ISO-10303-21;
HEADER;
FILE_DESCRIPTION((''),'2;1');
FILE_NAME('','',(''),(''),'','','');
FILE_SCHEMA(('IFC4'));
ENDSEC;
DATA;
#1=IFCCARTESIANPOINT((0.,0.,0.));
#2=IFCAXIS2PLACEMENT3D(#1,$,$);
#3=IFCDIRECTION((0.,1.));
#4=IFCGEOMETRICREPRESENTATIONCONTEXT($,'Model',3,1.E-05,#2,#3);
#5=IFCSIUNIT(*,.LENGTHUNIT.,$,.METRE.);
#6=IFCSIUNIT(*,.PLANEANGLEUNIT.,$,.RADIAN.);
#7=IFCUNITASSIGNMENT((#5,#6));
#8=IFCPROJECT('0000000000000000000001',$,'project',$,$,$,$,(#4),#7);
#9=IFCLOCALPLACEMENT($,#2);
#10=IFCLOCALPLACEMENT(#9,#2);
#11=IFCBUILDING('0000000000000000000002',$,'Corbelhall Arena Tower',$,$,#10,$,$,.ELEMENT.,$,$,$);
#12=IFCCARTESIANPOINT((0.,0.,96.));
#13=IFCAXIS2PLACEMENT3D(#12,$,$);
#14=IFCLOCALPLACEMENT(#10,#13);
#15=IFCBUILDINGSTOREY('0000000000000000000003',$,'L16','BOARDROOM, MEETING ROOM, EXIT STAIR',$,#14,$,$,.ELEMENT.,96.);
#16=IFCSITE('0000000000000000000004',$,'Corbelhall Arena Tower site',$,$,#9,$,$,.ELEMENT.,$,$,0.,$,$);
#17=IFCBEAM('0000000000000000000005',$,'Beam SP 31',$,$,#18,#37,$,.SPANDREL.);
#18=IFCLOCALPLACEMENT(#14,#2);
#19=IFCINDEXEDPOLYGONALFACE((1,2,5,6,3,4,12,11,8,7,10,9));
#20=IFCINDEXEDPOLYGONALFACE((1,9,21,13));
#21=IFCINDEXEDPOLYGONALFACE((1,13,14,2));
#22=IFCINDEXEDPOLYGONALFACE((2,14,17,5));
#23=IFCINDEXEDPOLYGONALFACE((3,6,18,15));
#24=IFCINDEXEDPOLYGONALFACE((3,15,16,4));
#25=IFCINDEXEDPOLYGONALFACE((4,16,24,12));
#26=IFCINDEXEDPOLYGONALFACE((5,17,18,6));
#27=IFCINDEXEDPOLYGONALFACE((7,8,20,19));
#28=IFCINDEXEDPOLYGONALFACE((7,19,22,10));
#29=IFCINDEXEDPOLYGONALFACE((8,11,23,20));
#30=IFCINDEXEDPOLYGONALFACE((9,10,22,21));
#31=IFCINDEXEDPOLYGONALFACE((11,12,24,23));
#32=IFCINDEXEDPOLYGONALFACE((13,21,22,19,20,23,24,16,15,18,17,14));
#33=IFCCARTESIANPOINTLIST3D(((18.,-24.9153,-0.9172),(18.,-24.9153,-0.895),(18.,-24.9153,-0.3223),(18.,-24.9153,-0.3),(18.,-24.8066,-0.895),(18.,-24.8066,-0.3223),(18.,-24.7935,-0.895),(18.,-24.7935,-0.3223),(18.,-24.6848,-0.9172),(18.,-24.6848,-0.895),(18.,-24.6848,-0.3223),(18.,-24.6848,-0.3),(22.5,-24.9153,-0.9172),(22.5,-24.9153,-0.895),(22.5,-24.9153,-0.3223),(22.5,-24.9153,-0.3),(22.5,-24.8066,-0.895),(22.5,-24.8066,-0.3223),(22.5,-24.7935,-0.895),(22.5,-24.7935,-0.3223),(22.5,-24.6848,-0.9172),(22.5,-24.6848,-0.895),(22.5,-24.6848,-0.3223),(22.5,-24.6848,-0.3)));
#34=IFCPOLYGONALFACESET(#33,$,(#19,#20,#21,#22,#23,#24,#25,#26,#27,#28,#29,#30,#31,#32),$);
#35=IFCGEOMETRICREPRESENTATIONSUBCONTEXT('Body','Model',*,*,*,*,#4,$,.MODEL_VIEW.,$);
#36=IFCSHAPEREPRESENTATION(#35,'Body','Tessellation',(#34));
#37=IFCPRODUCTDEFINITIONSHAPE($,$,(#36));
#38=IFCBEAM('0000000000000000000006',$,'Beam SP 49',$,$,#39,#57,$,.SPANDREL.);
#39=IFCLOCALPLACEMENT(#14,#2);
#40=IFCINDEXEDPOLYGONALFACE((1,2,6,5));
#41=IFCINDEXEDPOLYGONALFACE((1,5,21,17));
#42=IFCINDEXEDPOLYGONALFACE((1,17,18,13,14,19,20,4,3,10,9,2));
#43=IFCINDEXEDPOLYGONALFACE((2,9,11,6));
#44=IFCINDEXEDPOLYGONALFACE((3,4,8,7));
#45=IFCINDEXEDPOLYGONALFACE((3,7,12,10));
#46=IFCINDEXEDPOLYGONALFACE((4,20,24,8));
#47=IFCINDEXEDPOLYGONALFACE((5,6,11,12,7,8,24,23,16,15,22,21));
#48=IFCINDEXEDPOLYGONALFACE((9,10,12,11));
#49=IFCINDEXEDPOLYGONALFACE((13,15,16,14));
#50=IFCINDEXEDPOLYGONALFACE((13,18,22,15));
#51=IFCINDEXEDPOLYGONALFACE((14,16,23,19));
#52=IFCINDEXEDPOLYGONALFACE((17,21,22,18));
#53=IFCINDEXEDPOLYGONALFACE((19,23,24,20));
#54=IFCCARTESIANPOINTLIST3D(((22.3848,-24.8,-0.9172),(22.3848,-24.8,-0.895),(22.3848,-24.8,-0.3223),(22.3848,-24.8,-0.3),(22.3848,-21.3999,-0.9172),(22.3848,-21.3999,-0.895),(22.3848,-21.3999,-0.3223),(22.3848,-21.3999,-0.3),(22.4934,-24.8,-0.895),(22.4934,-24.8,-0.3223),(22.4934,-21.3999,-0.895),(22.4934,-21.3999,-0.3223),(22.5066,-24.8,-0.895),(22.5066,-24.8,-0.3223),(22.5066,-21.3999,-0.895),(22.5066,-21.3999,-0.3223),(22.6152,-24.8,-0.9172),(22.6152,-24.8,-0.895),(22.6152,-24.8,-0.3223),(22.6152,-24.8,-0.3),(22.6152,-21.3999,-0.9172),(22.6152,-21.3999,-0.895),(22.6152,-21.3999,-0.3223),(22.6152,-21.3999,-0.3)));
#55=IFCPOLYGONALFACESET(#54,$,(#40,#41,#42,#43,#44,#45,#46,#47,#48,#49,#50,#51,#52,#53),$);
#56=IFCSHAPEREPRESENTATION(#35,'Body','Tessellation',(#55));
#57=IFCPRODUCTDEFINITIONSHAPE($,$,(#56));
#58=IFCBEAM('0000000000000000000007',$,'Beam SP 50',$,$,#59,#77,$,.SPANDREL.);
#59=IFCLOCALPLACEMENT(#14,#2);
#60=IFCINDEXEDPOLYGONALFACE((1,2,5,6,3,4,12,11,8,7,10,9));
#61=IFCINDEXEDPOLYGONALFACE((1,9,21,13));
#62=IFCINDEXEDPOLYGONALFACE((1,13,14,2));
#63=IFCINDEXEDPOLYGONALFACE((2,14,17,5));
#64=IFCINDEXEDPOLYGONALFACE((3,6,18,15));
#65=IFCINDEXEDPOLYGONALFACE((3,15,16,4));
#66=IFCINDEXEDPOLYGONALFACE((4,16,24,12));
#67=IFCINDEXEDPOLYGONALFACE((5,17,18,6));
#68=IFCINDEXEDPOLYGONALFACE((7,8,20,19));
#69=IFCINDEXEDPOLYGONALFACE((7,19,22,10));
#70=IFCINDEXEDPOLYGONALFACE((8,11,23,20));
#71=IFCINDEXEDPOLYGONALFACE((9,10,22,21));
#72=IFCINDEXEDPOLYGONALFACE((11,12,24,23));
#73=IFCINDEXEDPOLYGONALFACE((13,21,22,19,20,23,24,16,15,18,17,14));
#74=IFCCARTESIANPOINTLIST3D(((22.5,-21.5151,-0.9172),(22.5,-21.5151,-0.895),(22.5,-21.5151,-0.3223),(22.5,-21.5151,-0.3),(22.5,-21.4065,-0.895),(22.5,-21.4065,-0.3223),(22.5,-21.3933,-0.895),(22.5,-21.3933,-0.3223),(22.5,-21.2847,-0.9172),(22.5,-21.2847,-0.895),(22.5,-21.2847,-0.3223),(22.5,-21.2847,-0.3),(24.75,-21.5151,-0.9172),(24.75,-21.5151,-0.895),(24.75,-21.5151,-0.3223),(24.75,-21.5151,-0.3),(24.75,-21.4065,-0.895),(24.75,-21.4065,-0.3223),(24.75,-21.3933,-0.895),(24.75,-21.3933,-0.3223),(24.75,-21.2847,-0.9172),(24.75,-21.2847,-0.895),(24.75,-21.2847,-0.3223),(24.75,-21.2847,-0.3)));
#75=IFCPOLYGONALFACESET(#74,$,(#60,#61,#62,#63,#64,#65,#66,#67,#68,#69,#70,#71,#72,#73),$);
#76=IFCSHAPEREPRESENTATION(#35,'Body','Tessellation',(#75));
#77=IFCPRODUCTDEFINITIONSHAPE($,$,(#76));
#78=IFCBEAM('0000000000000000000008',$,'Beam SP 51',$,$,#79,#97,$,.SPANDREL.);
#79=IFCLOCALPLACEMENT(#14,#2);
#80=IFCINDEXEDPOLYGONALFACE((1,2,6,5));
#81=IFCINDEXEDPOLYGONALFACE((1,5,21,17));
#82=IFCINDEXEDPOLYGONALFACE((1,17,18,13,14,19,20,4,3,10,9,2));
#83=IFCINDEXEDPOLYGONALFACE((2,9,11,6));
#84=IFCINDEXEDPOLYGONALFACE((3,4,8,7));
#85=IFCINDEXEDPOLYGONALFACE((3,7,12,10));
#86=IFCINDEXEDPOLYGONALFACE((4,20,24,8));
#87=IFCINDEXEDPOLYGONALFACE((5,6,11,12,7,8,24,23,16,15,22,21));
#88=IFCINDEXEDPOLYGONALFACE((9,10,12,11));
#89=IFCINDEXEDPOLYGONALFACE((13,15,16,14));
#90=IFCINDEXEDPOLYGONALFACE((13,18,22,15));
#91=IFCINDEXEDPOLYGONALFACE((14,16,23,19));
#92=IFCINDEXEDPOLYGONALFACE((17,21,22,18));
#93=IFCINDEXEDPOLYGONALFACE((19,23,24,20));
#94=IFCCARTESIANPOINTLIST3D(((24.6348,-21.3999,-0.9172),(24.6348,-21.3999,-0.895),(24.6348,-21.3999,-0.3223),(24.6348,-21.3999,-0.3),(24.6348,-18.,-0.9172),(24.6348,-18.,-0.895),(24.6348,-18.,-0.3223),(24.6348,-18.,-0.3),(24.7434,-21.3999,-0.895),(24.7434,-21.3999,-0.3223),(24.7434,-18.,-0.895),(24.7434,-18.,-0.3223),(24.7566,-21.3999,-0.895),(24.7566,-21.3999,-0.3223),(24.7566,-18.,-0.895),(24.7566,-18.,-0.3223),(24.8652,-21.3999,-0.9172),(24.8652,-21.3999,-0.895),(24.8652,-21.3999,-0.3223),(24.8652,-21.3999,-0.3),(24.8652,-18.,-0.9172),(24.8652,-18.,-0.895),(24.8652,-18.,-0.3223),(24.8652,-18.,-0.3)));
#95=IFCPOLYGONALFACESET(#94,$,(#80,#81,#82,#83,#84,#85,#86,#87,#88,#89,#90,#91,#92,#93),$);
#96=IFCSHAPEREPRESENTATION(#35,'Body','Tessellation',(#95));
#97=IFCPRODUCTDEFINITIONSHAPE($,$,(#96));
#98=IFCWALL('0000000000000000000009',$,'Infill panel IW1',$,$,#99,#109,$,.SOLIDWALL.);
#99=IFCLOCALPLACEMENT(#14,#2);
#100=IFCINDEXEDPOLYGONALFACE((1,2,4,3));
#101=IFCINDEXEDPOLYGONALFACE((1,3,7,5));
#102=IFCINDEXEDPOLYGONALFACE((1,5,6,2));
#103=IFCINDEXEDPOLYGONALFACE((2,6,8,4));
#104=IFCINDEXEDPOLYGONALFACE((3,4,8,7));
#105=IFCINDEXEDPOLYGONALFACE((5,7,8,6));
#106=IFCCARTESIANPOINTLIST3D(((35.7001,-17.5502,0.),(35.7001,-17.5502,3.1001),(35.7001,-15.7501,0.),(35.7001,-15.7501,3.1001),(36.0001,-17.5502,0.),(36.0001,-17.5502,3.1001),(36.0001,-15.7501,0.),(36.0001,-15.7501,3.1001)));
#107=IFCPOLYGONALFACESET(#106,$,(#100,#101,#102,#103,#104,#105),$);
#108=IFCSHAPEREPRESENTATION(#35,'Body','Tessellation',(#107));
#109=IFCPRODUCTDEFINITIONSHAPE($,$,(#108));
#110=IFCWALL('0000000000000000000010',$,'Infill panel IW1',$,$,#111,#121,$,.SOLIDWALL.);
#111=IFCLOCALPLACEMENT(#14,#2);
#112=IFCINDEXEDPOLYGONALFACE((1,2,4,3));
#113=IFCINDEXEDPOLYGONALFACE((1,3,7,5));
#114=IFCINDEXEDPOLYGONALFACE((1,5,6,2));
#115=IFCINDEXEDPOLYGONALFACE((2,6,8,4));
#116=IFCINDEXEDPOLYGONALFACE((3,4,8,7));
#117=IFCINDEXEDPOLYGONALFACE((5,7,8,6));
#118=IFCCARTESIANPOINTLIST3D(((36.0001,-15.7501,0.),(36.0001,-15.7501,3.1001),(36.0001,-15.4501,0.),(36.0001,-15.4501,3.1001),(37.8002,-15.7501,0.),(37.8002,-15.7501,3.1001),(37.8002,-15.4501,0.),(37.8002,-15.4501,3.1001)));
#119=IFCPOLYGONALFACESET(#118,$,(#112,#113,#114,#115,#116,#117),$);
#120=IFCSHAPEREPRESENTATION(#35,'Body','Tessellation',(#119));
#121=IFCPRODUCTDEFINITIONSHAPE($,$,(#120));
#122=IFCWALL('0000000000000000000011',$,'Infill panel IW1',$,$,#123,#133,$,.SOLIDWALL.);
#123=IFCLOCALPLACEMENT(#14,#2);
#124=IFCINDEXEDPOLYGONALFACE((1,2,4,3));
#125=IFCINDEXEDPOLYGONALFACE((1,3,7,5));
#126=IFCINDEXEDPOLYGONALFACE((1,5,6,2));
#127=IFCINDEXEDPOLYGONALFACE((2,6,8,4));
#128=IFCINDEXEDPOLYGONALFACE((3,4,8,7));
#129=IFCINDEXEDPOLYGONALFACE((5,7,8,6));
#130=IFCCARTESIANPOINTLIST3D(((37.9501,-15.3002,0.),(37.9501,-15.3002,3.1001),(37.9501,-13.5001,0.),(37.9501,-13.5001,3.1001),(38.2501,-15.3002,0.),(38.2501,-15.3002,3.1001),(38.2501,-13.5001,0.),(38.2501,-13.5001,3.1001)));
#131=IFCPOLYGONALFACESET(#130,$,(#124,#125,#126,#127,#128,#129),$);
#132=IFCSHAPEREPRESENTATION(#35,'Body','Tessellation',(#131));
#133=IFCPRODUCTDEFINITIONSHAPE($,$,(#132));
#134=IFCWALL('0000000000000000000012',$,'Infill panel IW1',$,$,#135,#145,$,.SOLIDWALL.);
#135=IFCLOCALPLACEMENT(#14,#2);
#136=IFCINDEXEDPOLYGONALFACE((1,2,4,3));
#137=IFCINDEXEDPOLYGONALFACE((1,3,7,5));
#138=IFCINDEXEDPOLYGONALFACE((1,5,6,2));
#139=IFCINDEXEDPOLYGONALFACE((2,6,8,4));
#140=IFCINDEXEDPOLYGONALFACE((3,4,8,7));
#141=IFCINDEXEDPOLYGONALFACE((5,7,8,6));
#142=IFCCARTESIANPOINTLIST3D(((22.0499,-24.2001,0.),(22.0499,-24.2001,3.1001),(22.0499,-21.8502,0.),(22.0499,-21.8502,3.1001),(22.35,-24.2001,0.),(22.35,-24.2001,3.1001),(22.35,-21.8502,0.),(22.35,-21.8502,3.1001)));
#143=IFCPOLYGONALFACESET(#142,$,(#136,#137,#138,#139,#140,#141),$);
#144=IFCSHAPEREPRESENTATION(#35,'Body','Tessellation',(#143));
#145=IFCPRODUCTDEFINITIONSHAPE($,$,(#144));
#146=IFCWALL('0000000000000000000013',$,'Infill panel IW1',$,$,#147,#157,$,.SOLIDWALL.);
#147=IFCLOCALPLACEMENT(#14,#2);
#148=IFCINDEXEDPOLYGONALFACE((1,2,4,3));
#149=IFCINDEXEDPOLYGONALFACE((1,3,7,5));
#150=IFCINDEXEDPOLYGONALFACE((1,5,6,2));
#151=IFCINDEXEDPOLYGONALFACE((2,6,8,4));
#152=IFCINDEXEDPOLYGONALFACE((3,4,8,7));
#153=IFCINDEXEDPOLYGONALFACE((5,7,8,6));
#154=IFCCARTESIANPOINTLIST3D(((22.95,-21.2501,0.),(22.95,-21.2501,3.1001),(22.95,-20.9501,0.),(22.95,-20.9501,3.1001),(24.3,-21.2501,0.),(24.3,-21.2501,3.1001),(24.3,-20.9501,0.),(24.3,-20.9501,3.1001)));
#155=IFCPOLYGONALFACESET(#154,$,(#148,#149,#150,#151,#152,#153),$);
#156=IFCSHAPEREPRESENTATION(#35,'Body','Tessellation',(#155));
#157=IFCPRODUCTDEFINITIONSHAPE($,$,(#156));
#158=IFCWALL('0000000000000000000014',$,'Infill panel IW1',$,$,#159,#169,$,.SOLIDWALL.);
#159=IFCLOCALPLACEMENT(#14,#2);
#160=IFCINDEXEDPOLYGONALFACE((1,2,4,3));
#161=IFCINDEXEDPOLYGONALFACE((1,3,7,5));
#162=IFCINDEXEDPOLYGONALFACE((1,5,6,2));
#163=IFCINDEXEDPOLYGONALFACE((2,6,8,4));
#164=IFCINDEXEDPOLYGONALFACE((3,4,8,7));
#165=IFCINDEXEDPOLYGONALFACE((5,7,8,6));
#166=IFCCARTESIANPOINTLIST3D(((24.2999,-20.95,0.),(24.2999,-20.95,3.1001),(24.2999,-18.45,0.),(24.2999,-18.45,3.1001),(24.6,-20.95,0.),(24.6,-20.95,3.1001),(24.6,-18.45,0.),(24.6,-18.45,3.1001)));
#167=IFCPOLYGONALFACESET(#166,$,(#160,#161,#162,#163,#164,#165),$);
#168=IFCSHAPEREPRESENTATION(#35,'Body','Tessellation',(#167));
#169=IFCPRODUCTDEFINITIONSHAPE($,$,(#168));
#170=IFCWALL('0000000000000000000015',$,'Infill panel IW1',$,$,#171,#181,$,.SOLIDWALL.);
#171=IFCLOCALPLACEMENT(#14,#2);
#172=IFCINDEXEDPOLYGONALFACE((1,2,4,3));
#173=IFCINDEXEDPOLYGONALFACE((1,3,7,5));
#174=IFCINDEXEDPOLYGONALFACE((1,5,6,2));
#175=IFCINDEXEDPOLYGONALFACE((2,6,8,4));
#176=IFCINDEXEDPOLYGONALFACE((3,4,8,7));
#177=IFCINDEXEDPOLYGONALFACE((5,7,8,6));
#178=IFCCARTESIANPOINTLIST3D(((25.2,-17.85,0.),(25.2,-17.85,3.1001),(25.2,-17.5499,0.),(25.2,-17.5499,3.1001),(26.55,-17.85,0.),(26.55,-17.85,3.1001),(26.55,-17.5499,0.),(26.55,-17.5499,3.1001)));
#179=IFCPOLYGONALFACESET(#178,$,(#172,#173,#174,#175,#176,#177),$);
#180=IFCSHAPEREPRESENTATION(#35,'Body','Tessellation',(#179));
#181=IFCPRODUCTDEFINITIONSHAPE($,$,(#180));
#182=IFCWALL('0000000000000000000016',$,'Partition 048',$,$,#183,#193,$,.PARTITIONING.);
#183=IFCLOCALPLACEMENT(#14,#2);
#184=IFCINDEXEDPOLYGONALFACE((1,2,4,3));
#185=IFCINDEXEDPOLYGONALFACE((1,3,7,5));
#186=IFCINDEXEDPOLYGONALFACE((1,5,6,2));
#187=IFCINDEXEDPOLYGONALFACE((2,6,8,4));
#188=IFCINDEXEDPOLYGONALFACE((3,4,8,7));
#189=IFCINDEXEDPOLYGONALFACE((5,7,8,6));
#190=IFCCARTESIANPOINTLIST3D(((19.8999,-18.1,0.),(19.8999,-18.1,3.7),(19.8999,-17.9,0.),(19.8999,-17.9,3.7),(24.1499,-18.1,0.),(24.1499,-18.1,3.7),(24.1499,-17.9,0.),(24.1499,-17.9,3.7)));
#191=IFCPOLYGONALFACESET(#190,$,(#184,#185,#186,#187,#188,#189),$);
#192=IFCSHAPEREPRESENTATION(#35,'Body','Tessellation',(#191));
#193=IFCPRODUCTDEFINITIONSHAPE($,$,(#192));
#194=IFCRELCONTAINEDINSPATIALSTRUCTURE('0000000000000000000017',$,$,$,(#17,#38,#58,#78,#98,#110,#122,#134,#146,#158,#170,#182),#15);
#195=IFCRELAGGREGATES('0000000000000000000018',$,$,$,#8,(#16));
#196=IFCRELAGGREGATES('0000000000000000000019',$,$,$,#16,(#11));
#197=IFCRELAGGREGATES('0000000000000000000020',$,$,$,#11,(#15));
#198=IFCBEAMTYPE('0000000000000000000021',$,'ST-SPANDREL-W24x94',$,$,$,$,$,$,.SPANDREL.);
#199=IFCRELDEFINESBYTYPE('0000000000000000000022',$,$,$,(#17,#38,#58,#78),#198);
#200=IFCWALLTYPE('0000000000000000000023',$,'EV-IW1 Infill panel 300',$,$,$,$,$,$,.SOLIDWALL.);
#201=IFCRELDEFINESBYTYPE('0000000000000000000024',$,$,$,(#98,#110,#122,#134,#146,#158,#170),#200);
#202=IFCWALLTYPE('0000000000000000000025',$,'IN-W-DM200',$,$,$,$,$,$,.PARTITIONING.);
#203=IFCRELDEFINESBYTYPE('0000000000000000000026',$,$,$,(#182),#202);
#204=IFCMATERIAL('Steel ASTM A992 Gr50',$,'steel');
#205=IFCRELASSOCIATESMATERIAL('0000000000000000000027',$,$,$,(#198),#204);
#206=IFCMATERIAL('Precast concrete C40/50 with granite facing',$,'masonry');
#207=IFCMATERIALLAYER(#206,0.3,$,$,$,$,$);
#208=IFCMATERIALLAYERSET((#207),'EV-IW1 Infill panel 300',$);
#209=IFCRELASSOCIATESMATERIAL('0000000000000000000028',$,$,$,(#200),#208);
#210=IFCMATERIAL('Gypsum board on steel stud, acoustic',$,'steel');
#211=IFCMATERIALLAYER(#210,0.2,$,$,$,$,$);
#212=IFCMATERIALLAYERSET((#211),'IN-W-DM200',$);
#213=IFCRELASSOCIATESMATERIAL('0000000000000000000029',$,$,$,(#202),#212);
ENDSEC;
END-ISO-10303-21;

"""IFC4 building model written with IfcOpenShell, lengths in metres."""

from ifc_helpers import new_model, si_unit, direction, frame, frame_2d, origin, origin_2d, place, context, subcontext, project, spatial, rectangle, i_section, extrude, material, layer, layer_set, material_profile, profile_set, type_object, element, save


model = new_model("IFC4")

# Units and contexts
model_context = context("Model", 3, precision=1e-05, world=origin(), true_north=direction((0.0, 1.0)))
body_context = subcontext(model_context, "Body", "Model", "MODEL_VIEW")
ifc_project = project(units=[si_unit("LENGTHUNIT", "METRE"), si_unit("PLANEANGLEUNIT", "RADIAN")], contexts=[model_context])

# Site, building, storey
site_placement = place(None, origin())
site = spatial("IfcSite", under=ifc_project, at=site_placement, Name="Corbelhall Arena Tower site", CompositionType="ELEMENT", RefElevation=0.0)
building_placement = place(site_placement, origin())
building = spatial("IfcBuilding", under=site, at=building_placement, Name="Corbelhall Arena Tower", CompositionType="ELEMENT")
storey_placement = place(building_placement, frame((0.0, 0.0, 96.0)))
storey = spatial("IfcBuildingStorey", under=building, at=storey_placement, Name="L16", Description="BOARDROOM, MEETING ROOM, EXIT STAIR", CompositionType="ELEMENT", Elevation=96.0)

# Beams
ifc_material_1 = material(Name="Steel ASTM A992 Gr50", Category="steel")
ifc_material_profile_1 = material_profile(ifc_material_1, i_section(OverallWidth=0.2305, OverallDepth=0.6172, WebThickness=0.0132, FlangeThickness=0.0222, at=origin_2d()))
ifc_profile_set_1 = profile_set([ifc_material_profile_1], Name="Steel ASTM A992 Gr50")
beam_type = type_object("IfcBeamType", Name="ST-SPANDREL-W24x94", PredefinedType="SPANDREL", material=ifc_profile_set_1)
beam_1_placement = place(storey_placement, frame((22.5, -24.8, -0.6086), z_axis=(-1.0, 0.0, 0.0), x_axis=(0.0, -1.0, 0.0)))
element("IfcBeam", 1, at=beam_1_placement, inside=storey, type_object=beam_type, Name="Beam SP 31", PredefinedType="SPANDREL", context=body_context, shape_type="SweptSolid", body=[
    extrude(i_section(OverallWidth=0.2305, OverallDepth=0.6172, WebThickness=0.0132, FlangeThickness=0.0222, at=origin_2d()), origin(), (0.0, 0.0, 1.0), 4.5),
])
beam_2_placement = place(storey_placement, frame((22.5, -21.3999, -0.6086), z_axis=(0.0, -1.0, 0.0), x_axis=(1.0, 0.0, 0.0)))
element("IfcBeam", 2, at=beam_2_placement, inside=storey, type_object=beam_type, Name="Beam SP 49", PredefinedType="SPANDREL", context=body_context, shape_type="SweptSolid", body=[
    extrude(i_section(OverallWidth=0.2305, OverallDepth=0.6172, WebThickness=0.0132, FlangeThickness=0.0222, at=origin_2d()), origin(), (0.0, 0.0, 1.0), 3.4001),
])
beam_3_placement = place(storey_placement, frame((24.75, -21.3999, -0.6086), z_axis=(-1.0, 0.0, 0.0), x_axis=(0.0, -1.0, 0.0)))
element("IfcBeam", 3, at=beam_3_placement, inside=storey, type_object=beam_type, Name="Beam SP 50", PredefinedType="SPANDREL", context=body_context, shape_type="SweptSolid", body=[
    extrude(i_section(OverallWidth=0.2305, OverallDepth=0.6172, WebThickness=0.0132, FlangeThickness=0.0222, at=origin_2d()), origin(), (0.0, 0.0, 1.0), 2.25),
])
beam_4_placement = place(storey_placement, frame((24.75, -18.0, -0.6086), z_axis=(0.0, -1.0, 0.0), x_axis=(1.0, 0.0, 0.0)))
element("IfcBeam", 4, at=beam_4_placement, inside=storey, type_object=beam_type, Name="Beam SP 51", PredefinedType="SPANDREL", context=body_context, shape_type="SweptSolid", body=[
    extrude(i_section(OverallWidth=0.2305, OverallDepth=0.6172, WebThickness=0.0132, FlangeThickness=0.0222, at=origin_2d()), origin(), (0.0, 0.0, 1.0), 3.3999),
])

# Walls
ifc_material_2 = material(Name="Precast concrete C40/50 with granite facing", Category="masonry")
ifc_layer_1 = layer(ifc_material_2, 0.3)
ifc_layer_set_1 = layer_set([ifc_layer_1], Name="EV-IW1 Infill panel 300")
wall_type_1 = type_object("IfcWallType", Name="EV-IW1 Infill panel 300", PredefinedType="SOLIDWALL", material=ifc_layer_set_1)
for number, where, z_axis, x_axis, name in (
    (5, (35.8501, -17.55, 0.0), (0.0, 0.0, 1.0), (0.0, 1.0, 0.0), "Infill panel IW1"),
    (6, (37.8, -15.6001, 0.0), (0.0, 0.0, 1.0), (-1.0, 0.0, 0.0), "Infill panel IW1"),
    (7, (38.1001, -15.3, 0.0), (0.0, 0.0, 1.0), (0.0, 1.0, 0.0), "Infill panel IW1"),
):
    element("IfcWall", number, at=place(storey_placement, frame(where, z_axis=z_axis, x_axis=x_axis)), inside=storey, type_object=wall_type_1, Name=name, PredefinedType="SOLIDWALL", context=body_context, shape_type="SweptSolid", body=[
        extrude(rectangle(XDim=1.8, YDim=0.3, at=frame_2d((0.8999, 0.0))), origin(), (0.0, 0.0, 1.0), 3.1001),
    ])
wall_1_placement = place(storey_placement, frame((22.2, -24.2, 0.0), z_axis=(0.0, 0.0, 1.0), x_axis=(0.0, 1.0, 0.0)))
element("IfcWall", 8, at=wall_1_placement, inside=storey, type_object=wall_type_1, Name="Infill panel IW1", PredefinedType="SOLIDWALL", context=body_context, shape_type="SweptSolid", body=[
    extrude(rectangle(XDim=2.3499, YDim=0.3, at=frame_2d((1.1748, 0.0))), origin(), (0.0, 0.0, 1.0), 3.1001),
])
wall_2_placement = place(storey_placement, frame((22.95, -21.1001, 0.0), z_axis=(0.0, 0.0, 1.0), x_axis=(1.0, 0.0, 0.0)))
element("IfcWall", 9, at=wall_2_placement, inside=storey, type_object=wall_type_1, Name="Infill panel IW1", PredefinedType="SOLIDWALL", context=body_context, shape_type="SweptSolid", body=[
    extrude(rectangle(XDim=1.3501, YDim=0.3, at=frame_2d((0.675, 0.0))), origin(), (0.0, 0.0, 1.0), 3.1001),
])
wall_3_placement = place(storey_placement, frame((24.45, -20.95, 0.0), z_axis=(0.0, 0.0, 1.0), x_axis=(0.0, 1.0, 0.0)))
element("IfcWall", 10, at=wall_3_placement, inside=storey, type_object=wall_type_1, Name="Infill panel IW1", PredefinedType="SOLIDWALL", context=body_context, shape_type="SweptSolid", body=[
    extrude(rectangle(XDim=2.5, YDim=0.3, at=frame_2d((1.25, 0.0))), origin(), (0.0, 0.0, 1.0), 3.1001),
])
wall_4_placement = place(storey_placement, frame((25.2, -17.7, 0.0), z_axis=(0.0, 0.0, 1.0), x_axis=(1.0, 0.0, 0.0)))
element("IfcWall", 11, at=wall_4_placement, inside=storey, type_object=wall_type_1, Name="Infill panel IW1", PredefinedType="SOLIDWALL", context=body_context, shape_type="SweptSolid", body=[
    extrude(rectangle(XDim=1.3501, YDim=0.3, at=frame_2d((0.675, 0.0))), origin(), (0.0, 0.0, 1.0), 3.1001),
])

# Wall
ifc_material_3 = material(Name="Gypsum board on steel stud, acoustic", Category="steel")
ifc_layer_2 = layer(ifc_material_3, 0.2)
ifc_layer_set_2 = layer_set([ifc_layer_2], Name="IN-W-DM200")
wall_type_2 = type_object("IfcWallType", Name="IN-W-DM200", PredefinedType="PARTITIONING", material=ifc_layer_set_2)
wall_5_placement = place(storey_placement, frame((19.8999, -18.0, 0.0), z_axis=(0.0, 0.0, 1.0), x_axis=(1.0, 0.0, 0.0)))
element("IfcWall", 12, at=wall_5_placement, inside=storey, type_object=wall_type_2, Name="Partition 048", PredefinedType="PARTITIONING", context=body_context, shape_type="SweptSolid", body=[
    extrude(rectangle(XDim=4.25, YDim=0.2, at=frame_2d((2.125, 0.0))), origin(), (0.0, 0.0, 1.0), 3.7),
])

save(model, "model.ifc")
